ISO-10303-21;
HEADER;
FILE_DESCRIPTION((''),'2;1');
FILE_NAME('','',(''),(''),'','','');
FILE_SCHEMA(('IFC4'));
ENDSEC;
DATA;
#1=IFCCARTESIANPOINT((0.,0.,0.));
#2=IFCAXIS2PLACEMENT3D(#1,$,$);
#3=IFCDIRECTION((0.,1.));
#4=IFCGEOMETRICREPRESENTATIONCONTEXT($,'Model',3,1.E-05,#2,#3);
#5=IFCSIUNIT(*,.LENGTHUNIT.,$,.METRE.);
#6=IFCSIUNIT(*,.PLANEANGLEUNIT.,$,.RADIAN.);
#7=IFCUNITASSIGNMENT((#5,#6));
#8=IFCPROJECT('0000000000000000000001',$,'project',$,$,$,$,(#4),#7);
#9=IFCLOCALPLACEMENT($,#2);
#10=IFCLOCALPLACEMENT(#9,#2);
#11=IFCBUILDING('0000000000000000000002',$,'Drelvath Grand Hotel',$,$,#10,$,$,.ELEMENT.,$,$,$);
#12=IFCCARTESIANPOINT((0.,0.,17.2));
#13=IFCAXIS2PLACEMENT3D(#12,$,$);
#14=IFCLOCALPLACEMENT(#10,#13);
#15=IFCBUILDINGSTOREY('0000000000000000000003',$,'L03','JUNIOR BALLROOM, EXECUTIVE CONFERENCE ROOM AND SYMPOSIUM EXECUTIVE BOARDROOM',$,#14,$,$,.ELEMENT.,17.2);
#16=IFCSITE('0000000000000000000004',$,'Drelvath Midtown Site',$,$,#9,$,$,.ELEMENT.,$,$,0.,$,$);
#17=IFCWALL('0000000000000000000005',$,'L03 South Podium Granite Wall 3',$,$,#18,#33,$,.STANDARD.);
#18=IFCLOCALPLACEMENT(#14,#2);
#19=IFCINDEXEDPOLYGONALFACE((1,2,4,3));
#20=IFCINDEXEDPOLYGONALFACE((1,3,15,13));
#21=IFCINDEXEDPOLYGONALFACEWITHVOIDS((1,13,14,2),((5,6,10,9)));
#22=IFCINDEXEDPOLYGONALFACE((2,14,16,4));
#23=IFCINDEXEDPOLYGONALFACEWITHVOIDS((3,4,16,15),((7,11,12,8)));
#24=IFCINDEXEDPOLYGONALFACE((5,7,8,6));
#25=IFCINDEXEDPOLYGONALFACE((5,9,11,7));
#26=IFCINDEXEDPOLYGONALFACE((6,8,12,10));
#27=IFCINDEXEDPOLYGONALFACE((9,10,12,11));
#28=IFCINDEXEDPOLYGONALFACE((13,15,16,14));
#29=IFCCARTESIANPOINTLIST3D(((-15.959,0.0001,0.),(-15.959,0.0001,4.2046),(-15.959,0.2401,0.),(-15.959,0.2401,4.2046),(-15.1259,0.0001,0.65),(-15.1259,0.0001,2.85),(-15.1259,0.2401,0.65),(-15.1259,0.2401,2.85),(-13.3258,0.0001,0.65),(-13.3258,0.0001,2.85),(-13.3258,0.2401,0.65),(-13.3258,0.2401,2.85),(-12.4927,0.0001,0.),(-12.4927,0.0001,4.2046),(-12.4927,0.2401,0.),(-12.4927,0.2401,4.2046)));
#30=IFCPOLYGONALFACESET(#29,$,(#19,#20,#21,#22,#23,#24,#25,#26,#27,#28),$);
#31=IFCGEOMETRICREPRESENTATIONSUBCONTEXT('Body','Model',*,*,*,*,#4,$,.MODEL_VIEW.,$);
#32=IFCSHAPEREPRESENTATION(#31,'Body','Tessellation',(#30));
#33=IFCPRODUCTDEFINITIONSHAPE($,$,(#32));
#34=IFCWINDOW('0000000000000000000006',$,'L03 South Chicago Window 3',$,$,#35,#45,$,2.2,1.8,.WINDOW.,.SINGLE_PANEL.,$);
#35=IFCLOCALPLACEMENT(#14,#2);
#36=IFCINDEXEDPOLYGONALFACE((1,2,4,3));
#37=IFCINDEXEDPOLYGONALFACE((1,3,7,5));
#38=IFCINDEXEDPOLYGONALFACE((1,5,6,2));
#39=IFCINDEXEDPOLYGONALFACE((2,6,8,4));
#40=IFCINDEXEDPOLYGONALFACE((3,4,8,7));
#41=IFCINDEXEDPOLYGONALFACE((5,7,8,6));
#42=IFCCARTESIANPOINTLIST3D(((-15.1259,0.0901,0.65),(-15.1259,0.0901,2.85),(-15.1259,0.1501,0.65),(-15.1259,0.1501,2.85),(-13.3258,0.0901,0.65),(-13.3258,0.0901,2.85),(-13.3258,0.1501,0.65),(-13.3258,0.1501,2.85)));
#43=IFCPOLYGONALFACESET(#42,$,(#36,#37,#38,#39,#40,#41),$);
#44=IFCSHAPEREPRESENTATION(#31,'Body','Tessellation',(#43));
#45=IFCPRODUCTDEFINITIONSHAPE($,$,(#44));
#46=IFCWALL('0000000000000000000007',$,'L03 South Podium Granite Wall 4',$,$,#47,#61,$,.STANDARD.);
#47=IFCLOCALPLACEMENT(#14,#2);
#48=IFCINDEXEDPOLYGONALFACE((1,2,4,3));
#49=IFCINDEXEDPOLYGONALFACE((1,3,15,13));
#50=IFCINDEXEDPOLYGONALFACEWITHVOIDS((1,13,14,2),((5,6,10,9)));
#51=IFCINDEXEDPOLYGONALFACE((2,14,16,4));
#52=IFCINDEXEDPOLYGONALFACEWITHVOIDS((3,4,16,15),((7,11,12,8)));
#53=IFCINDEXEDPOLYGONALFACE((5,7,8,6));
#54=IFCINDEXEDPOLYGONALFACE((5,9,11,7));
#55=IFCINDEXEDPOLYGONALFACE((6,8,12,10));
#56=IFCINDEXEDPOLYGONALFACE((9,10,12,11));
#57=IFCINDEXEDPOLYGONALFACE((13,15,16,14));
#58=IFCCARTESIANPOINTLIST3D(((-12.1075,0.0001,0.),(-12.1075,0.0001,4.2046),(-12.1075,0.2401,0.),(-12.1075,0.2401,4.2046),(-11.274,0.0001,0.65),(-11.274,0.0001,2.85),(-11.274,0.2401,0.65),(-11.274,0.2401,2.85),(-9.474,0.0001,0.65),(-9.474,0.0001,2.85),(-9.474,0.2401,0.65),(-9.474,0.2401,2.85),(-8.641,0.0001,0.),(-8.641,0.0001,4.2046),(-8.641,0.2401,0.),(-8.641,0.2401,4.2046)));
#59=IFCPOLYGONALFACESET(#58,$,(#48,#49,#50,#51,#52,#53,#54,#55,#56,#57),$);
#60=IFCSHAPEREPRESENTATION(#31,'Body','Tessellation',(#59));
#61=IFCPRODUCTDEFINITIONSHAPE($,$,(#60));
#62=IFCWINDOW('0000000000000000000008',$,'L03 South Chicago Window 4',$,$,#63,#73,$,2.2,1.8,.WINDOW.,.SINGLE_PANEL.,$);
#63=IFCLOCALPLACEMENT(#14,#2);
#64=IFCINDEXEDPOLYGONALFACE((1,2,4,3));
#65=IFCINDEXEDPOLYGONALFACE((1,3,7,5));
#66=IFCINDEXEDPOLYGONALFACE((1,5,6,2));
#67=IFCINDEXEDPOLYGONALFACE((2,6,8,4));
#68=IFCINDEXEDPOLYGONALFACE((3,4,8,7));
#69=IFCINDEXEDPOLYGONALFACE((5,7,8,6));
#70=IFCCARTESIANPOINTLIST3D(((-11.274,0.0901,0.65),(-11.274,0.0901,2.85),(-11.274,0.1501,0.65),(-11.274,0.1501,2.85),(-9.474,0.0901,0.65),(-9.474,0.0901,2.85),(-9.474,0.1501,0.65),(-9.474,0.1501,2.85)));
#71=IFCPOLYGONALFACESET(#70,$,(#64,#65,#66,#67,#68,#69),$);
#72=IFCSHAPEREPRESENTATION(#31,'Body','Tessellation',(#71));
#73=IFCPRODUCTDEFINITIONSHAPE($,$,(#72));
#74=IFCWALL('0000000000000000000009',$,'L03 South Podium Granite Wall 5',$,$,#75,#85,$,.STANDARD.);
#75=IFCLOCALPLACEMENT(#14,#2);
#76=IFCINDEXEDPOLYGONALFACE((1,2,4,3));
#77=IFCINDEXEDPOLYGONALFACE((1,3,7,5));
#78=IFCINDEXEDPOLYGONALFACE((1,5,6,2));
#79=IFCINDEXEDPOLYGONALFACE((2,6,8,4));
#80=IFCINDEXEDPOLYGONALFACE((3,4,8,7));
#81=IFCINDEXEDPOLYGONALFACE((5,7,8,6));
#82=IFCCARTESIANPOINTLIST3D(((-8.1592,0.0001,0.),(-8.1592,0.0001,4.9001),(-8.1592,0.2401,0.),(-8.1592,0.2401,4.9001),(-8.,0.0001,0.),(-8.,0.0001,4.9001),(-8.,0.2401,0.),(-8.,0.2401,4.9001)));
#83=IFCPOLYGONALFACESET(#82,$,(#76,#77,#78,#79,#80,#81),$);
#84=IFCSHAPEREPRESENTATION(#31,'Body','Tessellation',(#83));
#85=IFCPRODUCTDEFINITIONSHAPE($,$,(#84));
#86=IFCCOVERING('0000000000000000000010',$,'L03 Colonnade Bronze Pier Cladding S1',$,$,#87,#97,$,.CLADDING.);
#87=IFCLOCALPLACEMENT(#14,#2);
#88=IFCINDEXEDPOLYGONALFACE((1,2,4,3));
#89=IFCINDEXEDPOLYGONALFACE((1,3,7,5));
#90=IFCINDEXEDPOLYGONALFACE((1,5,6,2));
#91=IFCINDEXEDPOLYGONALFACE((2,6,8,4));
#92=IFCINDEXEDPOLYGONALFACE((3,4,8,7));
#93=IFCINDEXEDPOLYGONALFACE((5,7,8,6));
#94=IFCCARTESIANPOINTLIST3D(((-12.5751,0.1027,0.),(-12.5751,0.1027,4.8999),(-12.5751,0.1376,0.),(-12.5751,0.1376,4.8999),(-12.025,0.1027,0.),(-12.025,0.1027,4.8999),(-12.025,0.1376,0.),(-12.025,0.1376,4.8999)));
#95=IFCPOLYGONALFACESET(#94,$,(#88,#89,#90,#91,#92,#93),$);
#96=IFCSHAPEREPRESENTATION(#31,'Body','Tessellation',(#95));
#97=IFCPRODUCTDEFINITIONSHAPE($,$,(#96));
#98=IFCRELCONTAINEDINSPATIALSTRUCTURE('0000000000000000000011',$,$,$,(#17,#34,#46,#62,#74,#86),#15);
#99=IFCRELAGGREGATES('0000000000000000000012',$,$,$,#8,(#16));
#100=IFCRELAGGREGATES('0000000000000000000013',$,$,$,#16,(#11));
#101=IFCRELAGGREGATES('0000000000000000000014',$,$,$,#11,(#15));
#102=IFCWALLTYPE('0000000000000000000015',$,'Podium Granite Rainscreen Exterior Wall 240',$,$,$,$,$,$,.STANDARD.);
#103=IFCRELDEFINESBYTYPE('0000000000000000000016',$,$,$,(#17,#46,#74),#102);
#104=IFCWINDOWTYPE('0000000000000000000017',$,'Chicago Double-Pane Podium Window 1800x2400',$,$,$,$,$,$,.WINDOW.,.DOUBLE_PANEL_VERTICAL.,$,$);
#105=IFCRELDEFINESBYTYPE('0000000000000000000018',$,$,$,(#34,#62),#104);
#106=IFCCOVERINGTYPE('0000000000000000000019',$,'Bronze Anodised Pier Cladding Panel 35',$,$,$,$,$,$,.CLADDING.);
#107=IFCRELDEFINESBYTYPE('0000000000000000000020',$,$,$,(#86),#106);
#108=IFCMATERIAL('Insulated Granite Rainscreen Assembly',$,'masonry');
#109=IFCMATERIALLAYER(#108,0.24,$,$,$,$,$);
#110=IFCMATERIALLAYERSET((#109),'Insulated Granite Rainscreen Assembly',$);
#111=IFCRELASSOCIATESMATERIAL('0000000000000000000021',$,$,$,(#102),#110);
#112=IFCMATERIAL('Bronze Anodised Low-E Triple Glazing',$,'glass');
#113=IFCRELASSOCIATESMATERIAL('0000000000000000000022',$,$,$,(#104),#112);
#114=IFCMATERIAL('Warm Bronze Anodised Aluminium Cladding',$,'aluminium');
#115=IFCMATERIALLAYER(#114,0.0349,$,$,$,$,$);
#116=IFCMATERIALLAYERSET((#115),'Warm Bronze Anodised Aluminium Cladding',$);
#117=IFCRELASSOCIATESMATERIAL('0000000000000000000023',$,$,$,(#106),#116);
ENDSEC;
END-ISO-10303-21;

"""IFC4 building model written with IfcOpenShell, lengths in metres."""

from ifc_helpers import new_model, si_unit, direction, frame, frame_2d, origin, origin_2d, place, context, subcontext, project, spatial, rectangle, extrude, material, layer, layer_set, type_object, element, fill, save


model = new_model("IFC4")

# Units and contexts
model_context = context("Model", 3, precision=1e-05, world=origin(), true_north=direction((0.0, 1.0)))
body_context = subcontext(model_context, "Body", "Model", "MODEL_VIEW")
ifc_project = project(units=[si_unit("LENGTHUNIT", "METRE"), si_unit("PLANEANGLEUNIT", "RADIAN")], contexts=[model_context])

# Site, building, storey
site_placement = place(None, origin())
site = spatial("IfcSite", under=ifc_project, at=site_placement, Name="Drelvath Midtown Site", CompositionType="ELEMENT", RefElevation=0.0)
building_placement = place(site_placement, origin())
building = spatial("IfcBuilding", under=site, at=building_placement, Name="Drelvath Grand Hotel", CompositionType="ELEMENT")
storey_placement = place(building_placement, frame((0.0, 0.0, 17.2)))
storey = spatial("IfcBuildingStorey", under=building, at=storey_placement, Name="L03", Description="JUNIOR BALLROOM, EXECUTIVE CONFERENCE ROOM AND SYMPOSIUM EXECUTIVE BOARDROOM", CompositionType="ELEMENT", Elevation=17.2)

# Walls, openings, windows
ifc_material_1 = material(Name="Insulated Granite Rainscreen Assembly", Category="masonry")
ifc_layer_1 = layer(ifc_material_1, 0.24)
ifc_layer_set_1 = layer_set([ifc_layer_1], Name="Insulated Granite Rainscreen Assembly")
wall_type = type_object("IfcWallType", Name="Podium Granite Rainscreen Exterior Wall 240", PredefinedType="STANDARD", material=ifc_layer_set_1)
ifc_material_2 = material(Name="Bronze Anodised Low-E Triple Glazing", Category="glass")
window_type = type_object("IfcWindowType", Name="Chicago Double-Pane Podium Window 1800x2400", PartitioningType="DOUBLE_PANEL_VERTICAL", PredefinedType="WINDOW", material=ifc_material_2)
wall_1_placement = place(storey_placement, frame((-12.4927, 0.1201, 0.0), z_axis=(0.0, 0.0, 1.0), x_axis=(-1.0, 0.0, 0.0)))
wall_1 = element("IfcWall", 1, at=wall_1_placement, inside=storey, type_object=wall_type, Name="L03 South Podium Granite Wall 3", PredefinedType="STANDARD", context=body_context, shape_type="SweptSolid", body=[
    extrude(rectangle(XDim=3.4663, YDim=0.24, at=frame_2d((1.7332, 0.0))), origin(), (0.0, 0.0, 1.0), 4.2046),
])
opening_1_placement = place(wall_1_placement, frame((0.8333, 0.0, 0.6499)))
opening_1 = element("IfcOpeningElement", 2, at=opening_1_placement, cuts=wall_1, PredefinedType="OPENING", context=body_context, shape_type="SweptSolid", body=[
    extrude(rectangle(XDim=1.8, YDim=2.2, at=frame_2d((0.8999, 1.1001))), frame((0.0, 0.1299, 0.0), z_axis=(0.0, -1.0, 0.0), x_axis=(1.0, 0.0, 0.0)), (0.0, 0.0, 1.0), 0.26),
])
window_1_placement = place(opening_1_placement, origin())
window_1 = element("IfcWindow", 3, at=window_1_placement, inside=storey, type_object=window_type, Name="L03 South Chicago Window 3", OverallHeight=2.2, OverallWidth=1.8, PartitioningType="SINGLE_PANEL", PredefinedType="WINDOW", context=body_context, shape_type="SweptSolid", body=[
    extrude(rectangle(XDim=1.8, YDim=2.2, at=frame_2d((0.8999, 1.1001))), frame((0.0, 0.03, 0.0), z_axis=(0.0, -1.0, 0.0), x_axis=(1.0, 0.0, 0.0)), (0.0, 0.0, 1.0), 0.0601),
])
fill(opening_1, window_1)
wall_2_placement = place(storey_placement, frame((-8.6409, 0.1201, 0.0), z_axis=(0.0, 0.0, 1.0), x_axis=(-1.0, 0.0, 0.0)))
wall_2 = element("IfcWall", 4, at=wall_2_placement, inside=storey, type_object=wall_type, Name="L03 South Podium Granite Wall 4", PredefinedType="STANDARD", context=body_context, shape_type="SweptSolid", body=[
    extrude(rectangle(XDim=3.4666, YDim=0.24, at=frame_2d((1.7334, 0.0))), origin(), (0.0, 0.0, 1.0), 4.2046),
])
opening_2_placement = place(wall_2_placement, frame((0.8333, 0.0, 0.6499)))
opening_2 = element("IfcOpeningElement", 5, at=opening_2_placement, cuts=wall_2, PredefinedType="OPENING", context=body_context, shape_type="SweptSolid", body=[
    extrude(rectangle(XDim=1.8, YDim=2.2, at=frame_2d((0.8999, 1.1001))), frame((0.0, 0.1299, 0.0), z_axis=(0.0, -1.0, 0.0), x_axis=(1.0, 0.0, 0.0)), (0.0, 0.0, 1.0), 0.26),
])
window_2_placement = place(opening_2_placement, origin())
window_2 = element("IfcWindow", 6, at=window_2_placement, inside=storey, type_object=window_type, Name="L03 South Chicago Window 4", OverallHeight=2.2, OverallWidth=1.8, PartitioningType="SINGLE_PANEL", PredefinedType="WINDOW", context=body_context, shape_type="SweptSolid", body=[
    extrude(rectangle(XDim=1.8, YDim=2.2, at=frame_2d((0.8999, 1.1001))), frame((0.0, 0.03, 0.0), z_axis=(0.0, -1.0, 0.0), x_axis=(1.0, 0.0, 0.0)), (0.0, 0.0, 1.0), 0.0601),
])
fill(opening_2, window_2)

# Wall
wall_3_placement = place(storey_placement, frame((-8.0, 0.1201, 0.0), z_axis=(0.0, 0.0, 1.0), x_axis=(-1.0, 0.0, 0.0)))
element("IfcWall", 7, at=wall_3_placement, inside=storey, type_object=wall_type, Name="L03 South Podium Granite Wall 5", PredefinedType="STANDARD", context=body_context, shape_type="SweptSolid", body=[
    extrude(rectangle(XDim=0.1592, YDim=0.24, at=frame_2d((0.0796, 0.0))), origin(), (0.0, 0.0, 1.0), 4.9001),
])

# Covering
ifc_material_3 = material(Name="Warm Bronze Anodised Aluminium Cladding", Category="aluminium")
ifc_layer_2 = layer(ifc_material_3, 0.0349)
ifc_layer_set_2 = layer_set([ifc_layer_2], Name="Warm Bronze Anodised Aluminium Cladding")
covering_type = type_object("IfcCoveringType", Name="Bronze Anodised Pier Cladding Panel 35", PredefinedType="CLADDING", material=ifc_layer_set_2)
covering_placement = place(storey_placement, frame((-12.3, 0.1201, 0.0), z_axis=(0.0, 0.0, 1.0), x_axis=(1.0, 0.0, 0.0)))
element("IfcCovering", 8, at=covering_placement, inside=storey, type_object=covering_type, Name="L03 Colonnade Bronze Pier Cladding S1", PredefinedType="CLADDING", context=body_context, shape_type="SweptSolid", body=[
    extrude(rectangle(XDim=0.55, YDim=0.0349, at=origin_2d()), origin(), (0.0, 0.0, 1.0), 4.8999),
])

save(model, "model.ifc")
